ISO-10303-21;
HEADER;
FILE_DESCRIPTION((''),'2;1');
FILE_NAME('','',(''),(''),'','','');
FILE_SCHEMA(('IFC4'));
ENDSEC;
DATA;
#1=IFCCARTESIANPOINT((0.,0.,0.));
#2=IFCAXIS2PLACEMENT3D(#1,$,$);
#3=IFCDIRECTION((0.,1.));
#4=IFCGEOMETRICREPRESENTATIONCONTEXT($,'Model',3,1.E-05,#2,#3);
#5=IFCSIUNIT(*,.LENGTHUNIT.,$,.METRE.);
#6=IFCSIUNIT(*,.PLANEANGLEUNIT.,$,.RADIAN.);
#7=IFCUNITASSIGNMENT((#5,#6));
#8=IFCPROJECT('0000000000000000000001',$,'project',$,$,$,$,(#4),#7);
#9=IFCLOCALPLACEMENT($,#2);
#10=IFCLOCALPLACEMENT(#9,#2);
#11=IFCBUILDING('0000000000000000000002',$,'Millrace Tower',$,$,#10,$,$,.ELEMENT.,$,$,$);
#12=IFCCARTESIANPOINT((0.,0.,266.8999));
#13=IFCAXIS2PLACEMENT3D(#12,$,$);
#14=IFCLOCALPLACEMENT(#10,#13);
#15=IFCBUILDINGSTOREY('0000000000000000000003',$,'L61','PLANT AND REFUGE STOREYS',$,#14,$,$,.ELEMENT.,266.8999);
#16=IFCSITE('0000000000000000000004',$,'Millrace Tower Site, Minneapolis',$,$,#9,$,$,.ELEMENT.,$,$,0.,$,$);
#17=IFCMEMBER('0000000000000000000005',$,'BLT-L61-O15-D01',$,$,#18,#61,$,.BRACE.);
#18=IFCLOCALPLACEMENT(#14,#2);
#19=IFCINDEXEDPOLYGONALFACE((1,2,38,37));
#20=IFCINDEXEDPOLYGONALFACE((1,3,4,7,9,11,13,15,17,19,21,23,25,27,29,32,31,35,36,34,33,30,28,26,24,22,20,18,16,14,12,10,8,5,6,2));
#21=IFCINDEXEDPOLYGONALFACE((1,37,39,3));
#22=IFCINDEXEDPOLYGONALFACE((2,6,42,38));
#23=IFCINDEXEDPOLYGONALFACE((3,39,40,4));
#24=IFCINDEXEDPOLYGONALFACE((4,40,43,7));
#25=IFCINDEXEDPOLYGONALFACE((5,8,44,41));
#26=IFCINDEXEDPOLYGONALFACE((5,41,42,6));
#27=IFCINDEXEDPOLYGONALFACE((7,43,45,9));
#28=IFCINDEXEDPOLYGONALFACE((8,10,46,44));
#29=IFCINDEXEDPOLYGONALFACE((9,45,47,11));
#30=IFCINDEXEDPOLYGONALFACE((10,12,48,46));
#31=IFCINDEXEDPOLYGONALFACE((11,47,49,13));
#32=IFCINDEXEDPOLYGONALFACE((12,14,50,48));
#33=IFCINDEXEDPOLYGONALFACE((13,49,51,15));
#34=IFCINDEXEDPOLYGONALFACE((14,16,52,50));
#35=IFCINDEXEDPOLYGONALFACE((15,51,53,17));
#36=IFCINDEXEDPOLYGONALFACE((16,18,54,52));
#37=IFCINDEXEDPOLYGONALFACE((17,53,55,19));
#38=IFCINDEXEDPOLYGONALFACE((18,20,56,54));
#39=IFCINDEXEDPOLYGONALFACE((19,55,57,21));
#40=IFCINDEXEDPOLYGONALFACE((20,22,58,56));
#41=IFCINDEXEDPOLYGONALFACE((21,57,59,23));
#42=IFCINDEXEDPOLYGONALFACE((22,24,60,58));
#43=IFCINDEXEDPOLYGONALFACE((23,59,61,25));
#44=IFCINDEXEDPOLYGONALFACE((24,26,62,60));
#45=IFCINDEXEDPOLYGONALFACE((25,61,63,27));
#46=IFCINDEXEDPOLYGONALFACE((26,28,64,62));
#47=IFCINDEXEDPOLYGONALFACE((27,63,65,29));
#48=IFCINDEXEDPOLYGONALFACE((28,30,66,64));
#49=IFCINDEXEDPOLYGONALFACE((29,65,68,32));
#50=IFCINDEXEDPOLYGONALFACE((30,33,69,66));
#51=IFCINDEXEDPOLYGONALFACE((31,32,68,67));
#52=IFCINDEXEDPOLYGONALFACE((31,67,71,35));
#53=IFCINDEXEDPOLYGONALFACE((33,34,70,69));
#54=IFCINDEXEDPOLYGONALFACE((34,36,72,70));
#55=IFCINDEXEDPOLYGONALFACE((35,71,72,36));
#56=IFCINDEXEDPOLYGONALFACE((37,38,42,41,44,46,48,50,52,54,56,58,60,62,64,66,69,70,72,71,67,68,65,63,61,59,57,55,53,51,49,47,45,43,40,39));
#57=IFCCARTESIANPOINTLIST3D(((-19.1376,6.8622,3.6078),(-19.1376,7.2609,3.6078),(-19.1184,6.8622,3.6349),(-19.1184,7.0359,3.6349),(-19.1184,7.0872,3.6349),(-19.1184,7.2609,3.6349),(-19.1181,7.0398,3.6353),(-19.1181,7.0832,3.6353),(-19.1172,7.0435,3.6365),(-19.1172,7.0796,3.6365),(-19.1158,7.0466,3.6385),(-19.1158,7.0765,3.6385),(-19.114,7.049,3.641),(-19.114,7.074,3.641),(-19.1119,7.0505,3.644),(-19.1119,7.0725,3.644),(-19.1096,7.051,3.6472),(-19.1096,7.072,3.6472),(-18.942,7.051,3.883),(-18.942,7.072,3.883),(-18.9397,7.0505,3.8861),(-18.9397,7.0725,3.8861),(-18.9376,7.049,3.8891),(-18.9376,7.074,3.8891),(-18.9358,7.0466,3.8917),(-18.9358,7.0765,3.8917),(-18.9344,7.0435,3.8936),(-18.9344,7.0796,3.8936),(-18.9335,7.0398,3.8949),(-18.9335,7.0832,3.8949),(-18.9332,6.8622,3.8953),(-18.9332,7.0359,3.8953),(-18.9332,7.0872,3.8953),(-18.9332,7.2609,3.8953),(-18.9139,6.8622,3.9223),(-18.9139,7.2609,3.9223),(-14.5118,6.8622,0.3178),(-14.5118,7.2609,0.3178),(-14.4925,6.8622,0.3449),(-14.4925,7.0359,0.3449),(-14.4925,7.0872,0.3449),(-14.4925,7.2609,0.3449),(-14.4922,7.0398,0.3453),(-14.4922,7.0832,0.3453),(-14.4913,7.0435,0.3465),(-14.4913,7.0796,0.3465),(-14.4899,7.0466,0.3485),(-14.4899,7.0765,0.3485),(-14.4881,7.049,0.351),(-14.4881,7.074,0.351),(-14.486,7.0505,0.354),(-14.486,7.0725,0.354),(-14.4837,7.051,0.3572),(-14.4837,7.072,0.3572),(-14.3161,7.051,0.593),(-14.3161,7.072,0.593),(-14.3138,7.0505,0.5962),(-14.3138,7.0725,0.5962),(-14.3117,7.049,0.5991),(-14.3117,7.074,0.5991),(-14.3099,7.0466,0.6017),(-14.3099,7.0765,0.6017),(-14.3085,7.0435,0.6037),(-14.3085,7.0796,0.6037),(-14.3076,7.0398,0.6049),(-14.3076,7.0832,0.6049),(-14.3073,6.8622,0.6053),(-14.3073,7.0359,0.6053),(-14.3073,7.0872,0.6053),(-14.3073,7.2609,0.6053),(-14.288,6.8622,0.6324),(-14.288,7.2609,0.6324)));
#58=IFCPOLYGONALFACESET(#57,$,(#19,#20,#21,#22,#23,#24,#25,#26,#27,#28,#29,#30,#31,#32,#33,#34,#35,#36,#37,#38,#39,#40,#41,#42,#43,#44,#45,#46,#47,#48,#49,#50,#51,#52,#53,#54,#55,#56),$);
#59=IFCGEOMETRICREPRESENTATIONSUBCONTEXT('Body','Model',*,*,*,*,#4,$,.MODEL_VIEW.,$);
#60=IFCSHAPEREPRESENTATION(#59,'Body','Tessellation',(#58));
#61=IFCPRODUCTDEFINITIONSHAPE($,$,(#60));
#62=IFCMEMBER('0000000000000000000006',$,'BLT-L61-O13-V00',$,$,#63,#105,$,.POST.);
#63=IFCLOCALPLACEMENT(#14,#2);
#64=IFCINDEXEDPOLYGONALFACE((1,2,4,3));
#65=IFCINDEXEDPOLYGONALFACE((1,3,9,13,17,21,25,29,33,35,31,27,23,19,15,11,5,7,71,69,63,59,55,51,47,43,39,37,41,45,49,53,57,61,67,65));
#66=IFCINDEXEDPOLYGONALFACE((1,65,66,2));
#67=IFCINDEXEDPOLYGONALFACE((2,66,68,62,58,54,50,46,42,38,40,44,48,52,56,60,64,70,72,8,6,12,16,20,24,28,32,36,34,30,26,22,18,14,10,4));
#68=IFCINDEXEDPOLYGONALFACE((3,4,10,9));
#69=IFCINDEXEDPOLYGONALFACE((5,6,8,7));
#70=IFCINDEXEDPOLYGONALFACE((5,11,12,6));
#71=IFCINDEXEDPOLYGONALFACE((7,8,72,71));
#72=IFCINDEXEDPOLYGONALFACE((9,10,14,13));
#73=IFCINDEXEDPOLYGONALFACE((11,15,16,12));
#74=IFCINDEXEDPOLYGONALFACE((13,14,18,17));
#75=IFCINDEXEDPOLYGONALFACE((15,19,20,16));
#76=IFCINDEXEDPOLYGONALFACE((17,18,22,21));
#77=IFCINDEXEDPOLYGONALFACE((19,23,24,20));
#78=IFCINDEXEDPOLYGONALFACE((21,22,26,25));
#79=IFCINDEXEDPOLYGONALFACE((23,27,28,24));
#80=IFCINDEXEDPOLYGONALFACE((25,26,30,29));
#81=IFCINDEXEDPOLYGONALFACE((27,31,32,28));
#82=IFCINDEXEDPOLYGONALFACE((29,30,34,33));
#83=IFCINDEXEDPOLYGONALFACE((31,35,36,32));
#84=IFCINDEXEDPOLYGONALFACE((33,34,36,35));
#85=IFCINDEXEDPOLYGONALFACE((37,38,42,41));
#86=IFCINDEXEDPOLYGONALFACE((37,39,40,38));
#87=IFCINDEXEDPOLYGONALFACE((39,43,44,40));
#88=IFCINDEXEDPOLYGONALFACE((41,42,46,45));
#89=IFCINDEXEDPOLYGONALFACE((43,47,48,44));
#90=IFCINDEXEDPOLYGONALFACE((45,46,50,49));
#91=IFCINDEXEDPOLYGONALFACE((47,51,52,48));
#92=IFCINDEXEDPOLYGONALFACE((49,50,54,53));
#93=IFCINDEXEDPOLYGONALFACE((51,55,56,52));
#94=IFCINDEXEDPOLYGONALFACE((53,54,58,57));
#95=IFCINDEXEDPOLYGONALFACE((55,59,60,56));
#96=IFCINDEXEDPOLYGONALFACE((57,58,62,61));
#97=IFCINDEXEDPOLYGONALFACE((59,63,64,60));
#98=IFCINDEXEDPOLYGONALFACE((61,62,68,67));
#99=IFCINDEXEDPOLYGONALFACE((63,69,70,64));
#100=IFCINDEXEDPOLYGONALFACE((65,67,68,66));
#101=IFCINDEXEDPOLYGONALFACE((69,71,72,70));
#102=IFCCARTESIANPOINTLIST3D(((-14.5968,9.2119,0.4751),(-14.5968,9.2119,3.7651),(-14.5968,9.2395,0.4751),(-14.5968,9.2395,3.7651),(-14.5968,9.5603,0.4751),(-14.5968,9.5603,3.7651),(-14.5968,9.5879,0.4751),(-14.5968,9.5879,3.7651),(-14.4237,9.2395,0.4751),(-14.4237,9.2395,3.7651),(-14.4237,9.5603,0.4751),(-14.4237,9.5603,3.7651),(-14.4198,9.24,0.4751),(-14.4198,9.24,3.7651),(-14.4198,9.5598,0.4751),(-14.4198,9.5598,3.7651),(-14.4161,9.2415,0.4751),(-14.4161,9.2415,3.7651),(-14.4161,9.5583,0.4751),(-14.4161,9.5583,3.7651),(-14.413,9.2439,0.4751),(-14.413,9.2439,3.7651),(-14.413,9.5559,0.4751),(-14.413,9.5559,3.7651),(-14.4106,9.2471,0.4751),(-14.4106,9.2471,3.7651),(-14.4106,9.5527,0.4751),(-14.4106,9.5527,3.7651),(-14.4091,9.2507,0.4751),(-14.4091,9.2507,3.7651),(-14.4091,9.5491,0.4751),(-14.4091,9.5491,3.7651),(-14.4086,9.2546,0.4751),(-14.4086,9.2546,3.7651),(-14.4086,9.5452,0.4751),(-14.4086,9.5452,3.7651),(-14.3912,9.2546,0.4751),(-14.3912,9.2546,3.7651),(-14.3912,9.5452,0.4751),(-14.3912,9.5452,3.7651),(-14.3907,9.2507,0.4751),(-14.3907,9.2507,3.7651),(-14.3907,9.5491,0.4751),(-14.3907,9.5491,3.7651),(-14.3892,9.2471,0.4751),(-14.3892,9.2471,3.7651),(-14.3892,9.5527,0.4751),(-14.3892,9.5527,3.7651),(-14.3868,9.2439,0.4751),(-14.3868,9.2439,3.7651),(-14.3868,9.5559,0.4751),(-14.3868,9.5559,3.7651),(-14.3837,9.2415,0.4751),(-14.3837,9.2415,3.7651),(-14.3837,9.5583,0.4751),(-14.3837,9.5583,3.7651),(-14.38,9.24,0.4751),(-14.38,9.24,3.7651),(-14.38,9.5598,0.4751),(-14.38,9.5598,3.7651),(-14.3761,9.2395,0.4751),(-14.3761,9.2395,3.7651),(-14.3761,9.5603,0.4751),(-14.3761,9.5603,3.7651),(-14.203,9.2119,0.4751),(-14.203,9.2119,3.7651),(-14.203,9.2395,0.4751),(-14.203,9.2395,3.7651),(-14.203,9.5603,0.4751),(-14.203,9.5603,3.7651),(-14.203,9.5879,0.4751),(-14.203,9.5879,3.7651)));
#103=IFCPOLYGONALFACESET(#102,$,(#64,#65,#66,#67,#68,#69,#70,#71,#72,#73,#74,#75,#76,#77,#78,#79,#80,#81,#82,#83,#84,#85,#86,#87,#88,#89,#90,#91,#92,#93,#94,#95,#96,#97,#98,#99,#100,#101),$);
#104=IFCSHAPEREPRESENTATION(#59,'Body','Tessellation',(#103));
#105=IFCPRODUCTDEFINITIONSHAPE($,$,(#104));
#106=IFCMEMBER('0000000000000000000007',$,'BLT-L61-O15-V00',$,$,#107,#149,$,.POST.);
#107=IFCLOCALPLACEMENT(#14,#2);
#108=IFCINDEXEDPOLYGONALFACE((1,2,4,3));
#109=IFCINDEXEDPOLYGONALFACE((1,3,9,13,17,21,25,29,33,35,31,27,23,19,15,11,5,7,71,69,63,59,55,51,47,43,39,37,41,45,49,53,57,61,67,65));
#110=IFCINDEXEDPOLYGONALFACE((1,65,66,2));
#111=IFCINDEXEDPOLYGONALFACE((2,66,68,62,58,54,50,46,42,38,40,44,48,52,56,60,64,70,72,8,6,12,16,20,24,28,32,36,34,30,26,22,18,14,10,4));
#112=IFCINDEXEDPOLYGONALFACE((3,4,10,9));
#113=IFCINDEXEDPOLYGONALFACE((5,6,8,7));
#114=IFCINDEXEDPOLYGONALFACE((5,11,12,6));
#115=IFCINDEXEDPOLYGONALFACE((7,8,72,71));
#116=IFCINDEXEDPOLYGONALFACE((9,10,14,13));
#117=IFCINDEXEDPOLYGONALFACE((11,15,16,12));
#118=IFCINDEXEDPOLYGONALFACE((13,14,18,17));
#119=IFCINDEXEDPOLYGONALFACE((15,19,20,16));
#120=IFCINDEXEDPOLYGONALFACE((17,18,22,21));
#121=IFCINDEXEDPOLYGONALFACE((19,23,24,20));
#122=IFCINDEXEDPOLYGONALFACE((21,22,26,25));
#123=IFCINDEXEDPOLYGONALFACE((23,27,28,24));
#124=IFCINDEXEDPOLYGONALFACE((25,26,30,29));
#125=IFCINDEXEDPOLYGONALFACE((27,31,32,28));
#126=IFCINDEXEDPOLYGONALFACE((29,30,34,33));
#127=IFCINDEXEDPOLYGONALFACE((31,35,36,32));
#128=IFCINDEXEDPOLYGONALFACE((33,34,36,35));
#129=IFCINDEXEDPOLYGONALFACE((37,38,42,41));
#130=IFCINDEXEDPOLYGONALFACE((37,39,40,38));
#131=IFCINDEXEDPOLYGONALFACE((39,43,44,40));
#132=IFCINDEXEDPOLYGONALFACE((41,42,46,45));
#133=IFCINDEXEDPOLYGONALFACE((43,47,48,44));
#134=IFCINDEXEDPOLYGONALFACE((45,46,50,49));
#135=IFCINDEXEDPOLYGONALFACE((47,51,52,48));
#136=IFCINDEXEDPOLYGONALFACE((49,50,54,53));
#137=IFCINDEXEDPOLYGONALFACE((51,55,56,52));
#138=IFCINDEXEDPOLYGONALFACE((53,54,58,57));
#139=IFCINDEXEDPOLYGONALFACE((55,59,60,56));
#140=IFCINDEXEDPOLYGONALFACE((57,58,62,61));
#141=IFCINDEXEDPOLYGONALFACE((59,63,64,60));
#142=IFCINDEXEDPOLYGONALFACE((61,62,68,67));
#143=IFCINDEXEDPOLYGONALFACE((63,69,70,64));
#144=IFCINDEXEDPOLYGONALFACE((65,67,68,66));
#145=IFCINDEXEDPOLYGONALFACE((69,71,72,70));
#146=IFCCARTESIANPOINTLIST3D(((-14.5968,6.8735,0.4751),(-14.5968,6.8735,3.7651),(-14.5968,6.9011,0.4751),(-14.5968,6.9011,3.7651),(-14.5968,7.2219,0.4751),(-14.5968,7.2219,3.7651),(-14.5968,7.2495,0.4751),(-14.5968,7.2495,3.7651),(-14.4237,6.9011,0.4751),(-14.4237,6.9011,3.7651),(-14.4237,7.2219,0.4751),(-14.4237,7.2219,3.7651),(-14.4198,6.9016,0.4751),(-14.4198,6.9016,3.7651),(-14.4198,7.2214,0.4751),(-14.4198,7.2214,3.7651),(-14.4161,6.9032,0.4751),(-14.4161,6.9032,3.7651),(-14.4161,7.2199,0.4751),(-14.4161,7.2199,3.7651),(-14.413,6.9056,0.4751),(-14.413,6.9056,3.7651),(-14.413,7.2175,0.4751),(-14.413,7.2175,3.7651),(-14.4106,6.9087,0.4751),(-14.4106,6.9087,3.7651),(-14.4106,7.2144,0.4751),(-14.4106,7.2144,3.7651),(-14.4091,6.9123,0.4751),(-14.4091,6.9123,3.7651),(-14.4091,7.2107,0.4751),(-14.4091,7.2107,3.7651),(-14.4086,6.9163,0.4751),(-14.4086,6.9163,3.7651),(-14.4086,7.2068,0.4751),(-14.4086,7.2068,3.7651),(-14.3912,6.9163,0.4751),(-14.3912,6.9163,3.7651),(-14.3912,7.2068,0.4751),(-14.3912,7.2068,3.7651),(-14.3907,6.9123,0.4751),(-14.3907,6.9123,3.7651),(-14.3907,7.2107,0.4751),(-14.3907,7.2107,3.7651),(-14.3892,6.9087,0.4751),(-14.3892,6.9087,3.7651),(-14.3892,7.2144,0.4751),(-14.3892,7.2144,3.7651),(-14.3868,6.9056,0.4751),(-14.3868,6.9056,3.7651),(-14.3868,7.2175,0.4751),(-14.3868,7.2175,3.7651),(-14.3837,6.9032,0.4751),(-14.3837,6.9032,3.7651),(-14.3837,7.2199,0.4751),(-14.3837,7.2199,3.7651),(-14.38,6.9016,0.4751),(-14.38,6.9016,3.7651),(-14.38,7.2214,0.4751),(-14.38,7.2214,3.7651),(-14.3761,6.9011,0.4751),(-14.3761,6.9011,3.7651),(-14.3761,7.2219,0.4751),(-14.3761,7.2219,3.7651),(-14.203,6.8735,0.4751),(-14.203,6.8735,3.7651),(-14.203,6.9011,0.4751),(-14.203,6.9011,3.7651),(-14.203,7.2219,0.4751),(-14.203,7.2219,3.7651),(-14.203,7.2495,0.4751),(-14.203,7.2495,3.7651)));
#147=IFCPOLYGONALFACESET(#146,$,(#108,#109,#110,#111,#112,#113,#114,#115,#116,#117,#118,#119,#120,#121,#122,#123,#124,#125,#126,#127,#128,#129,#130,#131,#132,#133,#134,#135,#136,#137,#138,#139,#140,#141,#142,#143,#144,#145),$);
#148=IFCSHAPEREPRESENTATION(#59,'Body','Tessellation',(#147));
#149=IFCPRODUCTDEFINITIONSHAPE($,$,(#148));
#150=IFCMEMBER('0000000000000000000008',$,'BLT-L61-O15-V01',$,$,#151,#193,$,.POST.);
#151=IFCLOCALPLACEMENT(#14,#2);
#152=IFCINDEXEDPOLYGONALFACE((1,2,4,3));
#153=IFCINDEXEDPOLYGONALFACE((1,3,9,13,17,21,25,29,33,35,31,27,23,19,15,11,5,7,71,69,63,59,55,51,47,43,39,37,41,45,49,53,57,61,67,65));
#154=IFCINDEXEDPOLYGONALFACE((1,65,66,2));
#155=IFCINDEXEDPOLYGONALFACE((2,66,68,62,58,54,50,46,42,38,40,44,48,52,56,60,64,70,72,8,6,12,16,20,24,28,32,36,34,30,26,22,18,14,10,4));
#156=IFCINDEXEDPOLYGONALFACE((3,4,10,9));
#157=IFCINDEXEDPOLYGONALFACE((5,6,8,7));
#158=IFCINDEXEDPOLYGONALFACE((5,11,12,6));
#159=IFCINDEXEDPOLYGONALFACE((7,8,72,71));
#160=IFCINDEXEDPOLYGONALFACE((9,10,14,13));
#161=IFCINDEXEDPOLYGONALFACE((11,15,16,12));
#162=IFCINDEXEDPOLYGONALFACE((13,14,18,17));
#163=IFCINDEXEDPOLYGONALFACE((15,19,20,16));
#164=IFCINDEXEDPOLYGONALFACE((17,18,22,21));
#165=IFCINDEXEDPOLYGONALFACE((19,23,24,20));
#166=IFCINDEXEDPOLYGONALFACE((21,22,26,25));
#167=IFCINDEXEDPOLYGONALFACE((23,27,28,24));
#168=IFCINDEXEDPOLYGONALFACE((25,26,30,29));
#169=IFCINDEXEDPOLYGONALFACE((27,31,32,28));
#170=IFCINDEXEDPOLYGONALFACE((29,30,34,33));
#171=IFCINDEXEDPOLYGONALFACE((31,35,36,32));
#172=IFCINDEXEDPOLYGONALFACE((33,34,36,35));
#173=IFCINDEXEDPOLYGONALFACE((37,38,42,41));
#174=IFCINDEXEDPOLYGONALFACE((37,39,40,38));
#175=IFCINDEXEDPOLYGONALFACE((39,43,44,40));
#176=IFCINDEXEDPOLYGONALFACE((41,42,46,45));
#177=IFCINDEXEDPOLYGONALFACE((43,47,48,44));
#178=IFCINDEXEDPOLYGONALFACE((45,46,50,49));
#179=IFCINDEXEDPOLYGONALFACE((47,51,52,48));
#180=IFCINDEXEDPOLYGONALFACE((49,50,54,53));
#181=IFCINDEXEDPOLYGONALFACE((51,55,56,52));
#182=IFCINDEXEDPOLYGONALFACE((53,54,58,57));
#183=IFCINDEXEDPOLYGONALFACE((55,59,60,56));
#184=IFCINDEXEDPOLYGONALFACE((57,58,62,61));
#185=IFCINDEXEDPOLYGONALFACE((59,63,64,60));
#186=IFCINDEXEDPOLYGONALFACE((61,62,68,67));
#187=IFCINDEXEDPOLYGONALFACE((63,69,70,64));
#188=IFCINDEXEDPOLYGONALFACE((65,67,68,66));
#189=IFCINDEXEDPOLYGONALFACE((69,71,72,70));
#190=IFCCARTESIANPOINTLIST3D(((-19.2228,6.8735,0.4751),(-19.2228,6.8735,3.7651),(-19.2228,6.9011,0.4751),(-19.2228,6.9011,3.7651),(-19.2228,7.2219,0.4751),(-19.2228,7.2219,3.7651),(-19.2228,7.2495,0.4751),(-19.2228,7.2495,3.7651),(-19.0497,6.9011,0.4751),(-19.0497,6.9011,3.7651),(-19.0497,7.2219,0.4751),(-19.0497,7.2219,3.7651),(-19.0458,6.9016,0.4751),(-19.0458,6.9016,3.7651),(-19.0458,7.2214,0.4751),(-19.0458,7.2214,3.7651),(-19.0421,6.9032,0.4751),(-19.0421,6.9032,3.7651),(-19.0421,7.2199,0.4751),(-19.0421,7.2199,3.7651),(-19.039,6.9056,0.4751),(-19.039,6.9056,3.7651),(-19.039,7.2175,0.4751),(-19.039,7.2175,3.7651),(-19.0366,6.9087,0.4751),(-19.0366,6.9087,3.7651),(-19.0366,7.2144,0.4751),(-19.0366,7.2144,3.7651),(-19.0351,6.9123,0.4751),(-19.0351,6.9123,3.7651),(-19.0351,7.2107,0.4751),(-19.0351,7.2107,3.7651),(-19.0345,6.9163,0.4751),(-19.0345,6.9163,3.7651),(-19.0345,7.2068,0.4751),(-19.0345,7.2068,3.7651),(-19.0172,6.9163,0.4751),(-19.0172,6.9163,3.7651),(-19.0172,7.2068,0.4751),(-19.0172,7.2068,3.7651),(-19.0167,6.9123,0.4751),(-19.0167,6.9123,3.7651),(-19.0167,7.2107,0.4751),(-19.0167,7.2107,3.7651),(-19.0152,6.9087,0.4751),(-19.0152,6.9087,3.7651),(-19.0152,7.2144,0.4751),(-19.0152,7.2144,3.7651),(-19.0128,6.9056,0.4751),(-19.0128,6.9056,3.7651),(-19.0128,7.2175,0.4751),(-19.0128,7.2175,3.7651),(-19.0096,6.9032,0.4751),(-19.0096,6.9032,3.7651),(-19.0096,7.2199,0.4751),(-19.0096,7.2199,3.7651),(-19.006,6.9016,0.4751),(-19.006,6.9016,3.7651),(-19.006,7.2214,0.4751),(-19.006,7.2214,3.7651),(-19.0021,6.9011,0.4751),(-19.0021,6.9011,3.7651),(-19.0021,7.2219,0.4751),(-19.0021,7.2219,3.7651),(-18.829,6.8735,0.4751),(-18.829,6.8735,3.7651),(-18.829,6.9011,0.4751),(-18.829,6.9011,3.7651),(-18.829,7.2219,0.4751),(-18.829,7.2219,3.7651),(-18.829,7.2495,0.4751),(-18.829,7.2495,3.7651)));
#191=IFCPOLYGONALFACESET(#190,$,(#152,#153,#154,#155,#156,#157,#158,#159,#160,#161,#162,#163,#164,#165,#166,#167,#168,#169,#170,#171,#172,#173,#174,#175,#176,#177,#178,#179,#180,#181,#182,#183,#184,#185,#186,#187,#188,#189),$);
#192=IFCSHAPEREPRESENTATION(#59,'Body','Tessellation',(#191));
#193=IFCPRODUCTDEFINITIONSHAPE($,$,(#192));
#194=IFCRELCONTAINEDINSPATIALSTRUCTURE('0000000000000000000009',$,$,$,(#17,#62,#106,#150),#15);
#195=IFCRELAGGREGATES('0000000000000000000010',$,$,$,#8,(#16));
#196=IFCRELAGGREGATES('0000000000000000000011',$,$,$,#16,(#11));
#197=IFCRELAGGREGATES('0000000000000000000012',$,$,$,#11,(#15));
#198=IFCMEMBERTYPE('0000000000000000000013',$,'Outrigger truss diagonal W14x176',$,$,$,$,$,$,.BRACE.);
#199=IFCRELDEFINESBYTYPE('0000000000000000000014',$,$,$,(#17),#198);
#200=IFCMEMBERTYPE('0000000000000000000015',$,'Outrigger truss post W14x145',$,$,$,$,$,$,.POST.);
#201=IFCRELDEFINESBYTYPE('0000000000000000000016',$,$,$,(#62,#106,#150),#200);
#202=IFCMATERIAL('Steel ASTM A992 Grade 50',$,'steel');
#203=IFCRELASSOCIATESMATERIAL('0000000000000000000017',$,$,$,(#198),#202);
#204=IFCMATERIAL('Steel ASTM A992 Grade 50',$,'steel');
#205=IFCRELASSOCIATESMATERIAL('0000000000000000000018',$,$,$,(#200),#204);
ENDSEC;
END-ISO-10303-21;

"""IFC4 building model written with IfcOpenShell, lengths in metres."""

from ifc_helpers import new_model, si_unit, direction, frame, origin, origin_2d, place, context, subcontext, project, spatial, i_section, extrude, material, material_profile, profile_set, type_object, element, save


model = new_model("IFC4")

# Units and contexts
model_context = context("Model", 3, precision=1e-05, world=origin(), true_north=direction((0.0, 1.0)))
body_context = subcontext(model_context, "Body", "Model", "MODEL_VIEW")
ifc_project = project(units=[si_unit("LENGTHUNIT", "METRE"), si_unit("PLANEANGLEUNIT", "RADIAN")], contexts=[model_context])

# Site, building, storey
site_placement = place(None, origin())
site = spatial("IfcSite", under=ifc_project, at=site_placement, Name="Millrace Tower Site, Minneapolis", CompositionType="ELEMENT", RefElevation=0.0)
building_placement = place(site_placement, origin())
building = spatial("IfcBuilding", under=site, at=building_placement, Name="Millrace Tower", CompositionType="ELEMENT")
storey_placement = place(building_placement, frame((0.0, 0.0, 266.8999)))
storey = spatial("IfcBuildingStorey", under=building, at=storey_placement, Name="L61", Description="PLANT AND REFUGE STOREYS", CompositionType="ELEMENT", Elevation=266.8999)

# Members
ifc_material_1 = material(Name="Steel ASTM A992 Grade 50", Category="steel")
ifc_material_profile_1 = material_profile(ifc_material_1, i_section(OverallWidth=0.3987, OverallDepth=0.386, WebThickness=0.021, FlangeThickness=0.0332, FilletRadius=0.0151, at=origin_2d()))
ifc_profile_set_1 = profile_set([ifc_material_profile_1], Name="Steel ASTM A992 Grade 50")
member_type_1 = type_object("IfcMemberType", Name="Outrigger truss diagonal W14x176", PredefinedType="BRACE", material=ifc_profile_set_1)
member_1_placement = place(storey_placement, frame((-14.3999, 7.0615, 0.4751), z_axis=(-0.814917, 0.0, 0.579577), x_axis=(0.0, -1.0, 0.0)))
element("IfcMember", 1, at=member_1_placement, inside=storey, type_object=member_type_1, Name="BLT-L61-O15-D01", PredefinedType="BRACE", context=body_context, shape_type="SweptSolid", body=[
    extrude(i_section(OverallWidth=0.3987, OverallDepth=0.386, WebThickness=0.021, FlangeThickness=0.0332, FilletRadius=0.0151, at=origin_2d()), origin(), (0.0, 0.0, 1.0), 5.6765),
])
ifc_material_2 = material(Name="Steel ASTM A992 Grade 50", Category="steel")
ifc_material_profile_2 = material_profile(ifc_material_2, i_section(OverallWidth=0.3938, OverallDepth=0.376, WebThickness=0.0173, FlangeThickness=0.0276, FilletRadius=0.0151, at=origin_2d()))
ifc_profile_set_2 = profile_set([ifc_material_profile_2], Name="Steel ASTM A992 Grade 50")
member_type_2 = type_object("IfcMemberType", Name="Outrigger truss post W14x145", PredefinedType="POST", material=ifc_profile_set_2)
for number, where, z_axis, x_axis, name in (
    (2, (-14.3999, 9.3999, 0.4751), (0.0, 0.0, 1.0), (1.0, 0.0, 0.0), "BLT-L61-O13-V00"),
    (3, (-14.3999, 7.0615, 0.4751), (0.0, 0.0, 1.0), (1.0, 0.0, 0.0), "BLT-L61-O15-V00"),
    (4, (-19.0259, 7.0615, 0.4751), (0.0, 0.0, 1.0), (1.0, 0.0, 0.0), "BLT-L61-O15-V01"),
):
    element("IfcMember", number, at=place(storey_placement, frame(where, z_axis=z_axis, x_axis=x_axis)), inside=storey, type_object=member_type_2, Name=name, PredefinedType="POST", context=body_context, shape_type="SweptSolid", body=[
        extrude(i_section(OverallWidth=0.3938, OverallDepth=0.376, WebThickness=0.0173, FlangeThickness=0.0276, FilletRadius=0.0151, at=origin_2d()), origin(), (0.0, 0.0, 1.0), 3.29),
    ])

save(model, "model.ifc")
